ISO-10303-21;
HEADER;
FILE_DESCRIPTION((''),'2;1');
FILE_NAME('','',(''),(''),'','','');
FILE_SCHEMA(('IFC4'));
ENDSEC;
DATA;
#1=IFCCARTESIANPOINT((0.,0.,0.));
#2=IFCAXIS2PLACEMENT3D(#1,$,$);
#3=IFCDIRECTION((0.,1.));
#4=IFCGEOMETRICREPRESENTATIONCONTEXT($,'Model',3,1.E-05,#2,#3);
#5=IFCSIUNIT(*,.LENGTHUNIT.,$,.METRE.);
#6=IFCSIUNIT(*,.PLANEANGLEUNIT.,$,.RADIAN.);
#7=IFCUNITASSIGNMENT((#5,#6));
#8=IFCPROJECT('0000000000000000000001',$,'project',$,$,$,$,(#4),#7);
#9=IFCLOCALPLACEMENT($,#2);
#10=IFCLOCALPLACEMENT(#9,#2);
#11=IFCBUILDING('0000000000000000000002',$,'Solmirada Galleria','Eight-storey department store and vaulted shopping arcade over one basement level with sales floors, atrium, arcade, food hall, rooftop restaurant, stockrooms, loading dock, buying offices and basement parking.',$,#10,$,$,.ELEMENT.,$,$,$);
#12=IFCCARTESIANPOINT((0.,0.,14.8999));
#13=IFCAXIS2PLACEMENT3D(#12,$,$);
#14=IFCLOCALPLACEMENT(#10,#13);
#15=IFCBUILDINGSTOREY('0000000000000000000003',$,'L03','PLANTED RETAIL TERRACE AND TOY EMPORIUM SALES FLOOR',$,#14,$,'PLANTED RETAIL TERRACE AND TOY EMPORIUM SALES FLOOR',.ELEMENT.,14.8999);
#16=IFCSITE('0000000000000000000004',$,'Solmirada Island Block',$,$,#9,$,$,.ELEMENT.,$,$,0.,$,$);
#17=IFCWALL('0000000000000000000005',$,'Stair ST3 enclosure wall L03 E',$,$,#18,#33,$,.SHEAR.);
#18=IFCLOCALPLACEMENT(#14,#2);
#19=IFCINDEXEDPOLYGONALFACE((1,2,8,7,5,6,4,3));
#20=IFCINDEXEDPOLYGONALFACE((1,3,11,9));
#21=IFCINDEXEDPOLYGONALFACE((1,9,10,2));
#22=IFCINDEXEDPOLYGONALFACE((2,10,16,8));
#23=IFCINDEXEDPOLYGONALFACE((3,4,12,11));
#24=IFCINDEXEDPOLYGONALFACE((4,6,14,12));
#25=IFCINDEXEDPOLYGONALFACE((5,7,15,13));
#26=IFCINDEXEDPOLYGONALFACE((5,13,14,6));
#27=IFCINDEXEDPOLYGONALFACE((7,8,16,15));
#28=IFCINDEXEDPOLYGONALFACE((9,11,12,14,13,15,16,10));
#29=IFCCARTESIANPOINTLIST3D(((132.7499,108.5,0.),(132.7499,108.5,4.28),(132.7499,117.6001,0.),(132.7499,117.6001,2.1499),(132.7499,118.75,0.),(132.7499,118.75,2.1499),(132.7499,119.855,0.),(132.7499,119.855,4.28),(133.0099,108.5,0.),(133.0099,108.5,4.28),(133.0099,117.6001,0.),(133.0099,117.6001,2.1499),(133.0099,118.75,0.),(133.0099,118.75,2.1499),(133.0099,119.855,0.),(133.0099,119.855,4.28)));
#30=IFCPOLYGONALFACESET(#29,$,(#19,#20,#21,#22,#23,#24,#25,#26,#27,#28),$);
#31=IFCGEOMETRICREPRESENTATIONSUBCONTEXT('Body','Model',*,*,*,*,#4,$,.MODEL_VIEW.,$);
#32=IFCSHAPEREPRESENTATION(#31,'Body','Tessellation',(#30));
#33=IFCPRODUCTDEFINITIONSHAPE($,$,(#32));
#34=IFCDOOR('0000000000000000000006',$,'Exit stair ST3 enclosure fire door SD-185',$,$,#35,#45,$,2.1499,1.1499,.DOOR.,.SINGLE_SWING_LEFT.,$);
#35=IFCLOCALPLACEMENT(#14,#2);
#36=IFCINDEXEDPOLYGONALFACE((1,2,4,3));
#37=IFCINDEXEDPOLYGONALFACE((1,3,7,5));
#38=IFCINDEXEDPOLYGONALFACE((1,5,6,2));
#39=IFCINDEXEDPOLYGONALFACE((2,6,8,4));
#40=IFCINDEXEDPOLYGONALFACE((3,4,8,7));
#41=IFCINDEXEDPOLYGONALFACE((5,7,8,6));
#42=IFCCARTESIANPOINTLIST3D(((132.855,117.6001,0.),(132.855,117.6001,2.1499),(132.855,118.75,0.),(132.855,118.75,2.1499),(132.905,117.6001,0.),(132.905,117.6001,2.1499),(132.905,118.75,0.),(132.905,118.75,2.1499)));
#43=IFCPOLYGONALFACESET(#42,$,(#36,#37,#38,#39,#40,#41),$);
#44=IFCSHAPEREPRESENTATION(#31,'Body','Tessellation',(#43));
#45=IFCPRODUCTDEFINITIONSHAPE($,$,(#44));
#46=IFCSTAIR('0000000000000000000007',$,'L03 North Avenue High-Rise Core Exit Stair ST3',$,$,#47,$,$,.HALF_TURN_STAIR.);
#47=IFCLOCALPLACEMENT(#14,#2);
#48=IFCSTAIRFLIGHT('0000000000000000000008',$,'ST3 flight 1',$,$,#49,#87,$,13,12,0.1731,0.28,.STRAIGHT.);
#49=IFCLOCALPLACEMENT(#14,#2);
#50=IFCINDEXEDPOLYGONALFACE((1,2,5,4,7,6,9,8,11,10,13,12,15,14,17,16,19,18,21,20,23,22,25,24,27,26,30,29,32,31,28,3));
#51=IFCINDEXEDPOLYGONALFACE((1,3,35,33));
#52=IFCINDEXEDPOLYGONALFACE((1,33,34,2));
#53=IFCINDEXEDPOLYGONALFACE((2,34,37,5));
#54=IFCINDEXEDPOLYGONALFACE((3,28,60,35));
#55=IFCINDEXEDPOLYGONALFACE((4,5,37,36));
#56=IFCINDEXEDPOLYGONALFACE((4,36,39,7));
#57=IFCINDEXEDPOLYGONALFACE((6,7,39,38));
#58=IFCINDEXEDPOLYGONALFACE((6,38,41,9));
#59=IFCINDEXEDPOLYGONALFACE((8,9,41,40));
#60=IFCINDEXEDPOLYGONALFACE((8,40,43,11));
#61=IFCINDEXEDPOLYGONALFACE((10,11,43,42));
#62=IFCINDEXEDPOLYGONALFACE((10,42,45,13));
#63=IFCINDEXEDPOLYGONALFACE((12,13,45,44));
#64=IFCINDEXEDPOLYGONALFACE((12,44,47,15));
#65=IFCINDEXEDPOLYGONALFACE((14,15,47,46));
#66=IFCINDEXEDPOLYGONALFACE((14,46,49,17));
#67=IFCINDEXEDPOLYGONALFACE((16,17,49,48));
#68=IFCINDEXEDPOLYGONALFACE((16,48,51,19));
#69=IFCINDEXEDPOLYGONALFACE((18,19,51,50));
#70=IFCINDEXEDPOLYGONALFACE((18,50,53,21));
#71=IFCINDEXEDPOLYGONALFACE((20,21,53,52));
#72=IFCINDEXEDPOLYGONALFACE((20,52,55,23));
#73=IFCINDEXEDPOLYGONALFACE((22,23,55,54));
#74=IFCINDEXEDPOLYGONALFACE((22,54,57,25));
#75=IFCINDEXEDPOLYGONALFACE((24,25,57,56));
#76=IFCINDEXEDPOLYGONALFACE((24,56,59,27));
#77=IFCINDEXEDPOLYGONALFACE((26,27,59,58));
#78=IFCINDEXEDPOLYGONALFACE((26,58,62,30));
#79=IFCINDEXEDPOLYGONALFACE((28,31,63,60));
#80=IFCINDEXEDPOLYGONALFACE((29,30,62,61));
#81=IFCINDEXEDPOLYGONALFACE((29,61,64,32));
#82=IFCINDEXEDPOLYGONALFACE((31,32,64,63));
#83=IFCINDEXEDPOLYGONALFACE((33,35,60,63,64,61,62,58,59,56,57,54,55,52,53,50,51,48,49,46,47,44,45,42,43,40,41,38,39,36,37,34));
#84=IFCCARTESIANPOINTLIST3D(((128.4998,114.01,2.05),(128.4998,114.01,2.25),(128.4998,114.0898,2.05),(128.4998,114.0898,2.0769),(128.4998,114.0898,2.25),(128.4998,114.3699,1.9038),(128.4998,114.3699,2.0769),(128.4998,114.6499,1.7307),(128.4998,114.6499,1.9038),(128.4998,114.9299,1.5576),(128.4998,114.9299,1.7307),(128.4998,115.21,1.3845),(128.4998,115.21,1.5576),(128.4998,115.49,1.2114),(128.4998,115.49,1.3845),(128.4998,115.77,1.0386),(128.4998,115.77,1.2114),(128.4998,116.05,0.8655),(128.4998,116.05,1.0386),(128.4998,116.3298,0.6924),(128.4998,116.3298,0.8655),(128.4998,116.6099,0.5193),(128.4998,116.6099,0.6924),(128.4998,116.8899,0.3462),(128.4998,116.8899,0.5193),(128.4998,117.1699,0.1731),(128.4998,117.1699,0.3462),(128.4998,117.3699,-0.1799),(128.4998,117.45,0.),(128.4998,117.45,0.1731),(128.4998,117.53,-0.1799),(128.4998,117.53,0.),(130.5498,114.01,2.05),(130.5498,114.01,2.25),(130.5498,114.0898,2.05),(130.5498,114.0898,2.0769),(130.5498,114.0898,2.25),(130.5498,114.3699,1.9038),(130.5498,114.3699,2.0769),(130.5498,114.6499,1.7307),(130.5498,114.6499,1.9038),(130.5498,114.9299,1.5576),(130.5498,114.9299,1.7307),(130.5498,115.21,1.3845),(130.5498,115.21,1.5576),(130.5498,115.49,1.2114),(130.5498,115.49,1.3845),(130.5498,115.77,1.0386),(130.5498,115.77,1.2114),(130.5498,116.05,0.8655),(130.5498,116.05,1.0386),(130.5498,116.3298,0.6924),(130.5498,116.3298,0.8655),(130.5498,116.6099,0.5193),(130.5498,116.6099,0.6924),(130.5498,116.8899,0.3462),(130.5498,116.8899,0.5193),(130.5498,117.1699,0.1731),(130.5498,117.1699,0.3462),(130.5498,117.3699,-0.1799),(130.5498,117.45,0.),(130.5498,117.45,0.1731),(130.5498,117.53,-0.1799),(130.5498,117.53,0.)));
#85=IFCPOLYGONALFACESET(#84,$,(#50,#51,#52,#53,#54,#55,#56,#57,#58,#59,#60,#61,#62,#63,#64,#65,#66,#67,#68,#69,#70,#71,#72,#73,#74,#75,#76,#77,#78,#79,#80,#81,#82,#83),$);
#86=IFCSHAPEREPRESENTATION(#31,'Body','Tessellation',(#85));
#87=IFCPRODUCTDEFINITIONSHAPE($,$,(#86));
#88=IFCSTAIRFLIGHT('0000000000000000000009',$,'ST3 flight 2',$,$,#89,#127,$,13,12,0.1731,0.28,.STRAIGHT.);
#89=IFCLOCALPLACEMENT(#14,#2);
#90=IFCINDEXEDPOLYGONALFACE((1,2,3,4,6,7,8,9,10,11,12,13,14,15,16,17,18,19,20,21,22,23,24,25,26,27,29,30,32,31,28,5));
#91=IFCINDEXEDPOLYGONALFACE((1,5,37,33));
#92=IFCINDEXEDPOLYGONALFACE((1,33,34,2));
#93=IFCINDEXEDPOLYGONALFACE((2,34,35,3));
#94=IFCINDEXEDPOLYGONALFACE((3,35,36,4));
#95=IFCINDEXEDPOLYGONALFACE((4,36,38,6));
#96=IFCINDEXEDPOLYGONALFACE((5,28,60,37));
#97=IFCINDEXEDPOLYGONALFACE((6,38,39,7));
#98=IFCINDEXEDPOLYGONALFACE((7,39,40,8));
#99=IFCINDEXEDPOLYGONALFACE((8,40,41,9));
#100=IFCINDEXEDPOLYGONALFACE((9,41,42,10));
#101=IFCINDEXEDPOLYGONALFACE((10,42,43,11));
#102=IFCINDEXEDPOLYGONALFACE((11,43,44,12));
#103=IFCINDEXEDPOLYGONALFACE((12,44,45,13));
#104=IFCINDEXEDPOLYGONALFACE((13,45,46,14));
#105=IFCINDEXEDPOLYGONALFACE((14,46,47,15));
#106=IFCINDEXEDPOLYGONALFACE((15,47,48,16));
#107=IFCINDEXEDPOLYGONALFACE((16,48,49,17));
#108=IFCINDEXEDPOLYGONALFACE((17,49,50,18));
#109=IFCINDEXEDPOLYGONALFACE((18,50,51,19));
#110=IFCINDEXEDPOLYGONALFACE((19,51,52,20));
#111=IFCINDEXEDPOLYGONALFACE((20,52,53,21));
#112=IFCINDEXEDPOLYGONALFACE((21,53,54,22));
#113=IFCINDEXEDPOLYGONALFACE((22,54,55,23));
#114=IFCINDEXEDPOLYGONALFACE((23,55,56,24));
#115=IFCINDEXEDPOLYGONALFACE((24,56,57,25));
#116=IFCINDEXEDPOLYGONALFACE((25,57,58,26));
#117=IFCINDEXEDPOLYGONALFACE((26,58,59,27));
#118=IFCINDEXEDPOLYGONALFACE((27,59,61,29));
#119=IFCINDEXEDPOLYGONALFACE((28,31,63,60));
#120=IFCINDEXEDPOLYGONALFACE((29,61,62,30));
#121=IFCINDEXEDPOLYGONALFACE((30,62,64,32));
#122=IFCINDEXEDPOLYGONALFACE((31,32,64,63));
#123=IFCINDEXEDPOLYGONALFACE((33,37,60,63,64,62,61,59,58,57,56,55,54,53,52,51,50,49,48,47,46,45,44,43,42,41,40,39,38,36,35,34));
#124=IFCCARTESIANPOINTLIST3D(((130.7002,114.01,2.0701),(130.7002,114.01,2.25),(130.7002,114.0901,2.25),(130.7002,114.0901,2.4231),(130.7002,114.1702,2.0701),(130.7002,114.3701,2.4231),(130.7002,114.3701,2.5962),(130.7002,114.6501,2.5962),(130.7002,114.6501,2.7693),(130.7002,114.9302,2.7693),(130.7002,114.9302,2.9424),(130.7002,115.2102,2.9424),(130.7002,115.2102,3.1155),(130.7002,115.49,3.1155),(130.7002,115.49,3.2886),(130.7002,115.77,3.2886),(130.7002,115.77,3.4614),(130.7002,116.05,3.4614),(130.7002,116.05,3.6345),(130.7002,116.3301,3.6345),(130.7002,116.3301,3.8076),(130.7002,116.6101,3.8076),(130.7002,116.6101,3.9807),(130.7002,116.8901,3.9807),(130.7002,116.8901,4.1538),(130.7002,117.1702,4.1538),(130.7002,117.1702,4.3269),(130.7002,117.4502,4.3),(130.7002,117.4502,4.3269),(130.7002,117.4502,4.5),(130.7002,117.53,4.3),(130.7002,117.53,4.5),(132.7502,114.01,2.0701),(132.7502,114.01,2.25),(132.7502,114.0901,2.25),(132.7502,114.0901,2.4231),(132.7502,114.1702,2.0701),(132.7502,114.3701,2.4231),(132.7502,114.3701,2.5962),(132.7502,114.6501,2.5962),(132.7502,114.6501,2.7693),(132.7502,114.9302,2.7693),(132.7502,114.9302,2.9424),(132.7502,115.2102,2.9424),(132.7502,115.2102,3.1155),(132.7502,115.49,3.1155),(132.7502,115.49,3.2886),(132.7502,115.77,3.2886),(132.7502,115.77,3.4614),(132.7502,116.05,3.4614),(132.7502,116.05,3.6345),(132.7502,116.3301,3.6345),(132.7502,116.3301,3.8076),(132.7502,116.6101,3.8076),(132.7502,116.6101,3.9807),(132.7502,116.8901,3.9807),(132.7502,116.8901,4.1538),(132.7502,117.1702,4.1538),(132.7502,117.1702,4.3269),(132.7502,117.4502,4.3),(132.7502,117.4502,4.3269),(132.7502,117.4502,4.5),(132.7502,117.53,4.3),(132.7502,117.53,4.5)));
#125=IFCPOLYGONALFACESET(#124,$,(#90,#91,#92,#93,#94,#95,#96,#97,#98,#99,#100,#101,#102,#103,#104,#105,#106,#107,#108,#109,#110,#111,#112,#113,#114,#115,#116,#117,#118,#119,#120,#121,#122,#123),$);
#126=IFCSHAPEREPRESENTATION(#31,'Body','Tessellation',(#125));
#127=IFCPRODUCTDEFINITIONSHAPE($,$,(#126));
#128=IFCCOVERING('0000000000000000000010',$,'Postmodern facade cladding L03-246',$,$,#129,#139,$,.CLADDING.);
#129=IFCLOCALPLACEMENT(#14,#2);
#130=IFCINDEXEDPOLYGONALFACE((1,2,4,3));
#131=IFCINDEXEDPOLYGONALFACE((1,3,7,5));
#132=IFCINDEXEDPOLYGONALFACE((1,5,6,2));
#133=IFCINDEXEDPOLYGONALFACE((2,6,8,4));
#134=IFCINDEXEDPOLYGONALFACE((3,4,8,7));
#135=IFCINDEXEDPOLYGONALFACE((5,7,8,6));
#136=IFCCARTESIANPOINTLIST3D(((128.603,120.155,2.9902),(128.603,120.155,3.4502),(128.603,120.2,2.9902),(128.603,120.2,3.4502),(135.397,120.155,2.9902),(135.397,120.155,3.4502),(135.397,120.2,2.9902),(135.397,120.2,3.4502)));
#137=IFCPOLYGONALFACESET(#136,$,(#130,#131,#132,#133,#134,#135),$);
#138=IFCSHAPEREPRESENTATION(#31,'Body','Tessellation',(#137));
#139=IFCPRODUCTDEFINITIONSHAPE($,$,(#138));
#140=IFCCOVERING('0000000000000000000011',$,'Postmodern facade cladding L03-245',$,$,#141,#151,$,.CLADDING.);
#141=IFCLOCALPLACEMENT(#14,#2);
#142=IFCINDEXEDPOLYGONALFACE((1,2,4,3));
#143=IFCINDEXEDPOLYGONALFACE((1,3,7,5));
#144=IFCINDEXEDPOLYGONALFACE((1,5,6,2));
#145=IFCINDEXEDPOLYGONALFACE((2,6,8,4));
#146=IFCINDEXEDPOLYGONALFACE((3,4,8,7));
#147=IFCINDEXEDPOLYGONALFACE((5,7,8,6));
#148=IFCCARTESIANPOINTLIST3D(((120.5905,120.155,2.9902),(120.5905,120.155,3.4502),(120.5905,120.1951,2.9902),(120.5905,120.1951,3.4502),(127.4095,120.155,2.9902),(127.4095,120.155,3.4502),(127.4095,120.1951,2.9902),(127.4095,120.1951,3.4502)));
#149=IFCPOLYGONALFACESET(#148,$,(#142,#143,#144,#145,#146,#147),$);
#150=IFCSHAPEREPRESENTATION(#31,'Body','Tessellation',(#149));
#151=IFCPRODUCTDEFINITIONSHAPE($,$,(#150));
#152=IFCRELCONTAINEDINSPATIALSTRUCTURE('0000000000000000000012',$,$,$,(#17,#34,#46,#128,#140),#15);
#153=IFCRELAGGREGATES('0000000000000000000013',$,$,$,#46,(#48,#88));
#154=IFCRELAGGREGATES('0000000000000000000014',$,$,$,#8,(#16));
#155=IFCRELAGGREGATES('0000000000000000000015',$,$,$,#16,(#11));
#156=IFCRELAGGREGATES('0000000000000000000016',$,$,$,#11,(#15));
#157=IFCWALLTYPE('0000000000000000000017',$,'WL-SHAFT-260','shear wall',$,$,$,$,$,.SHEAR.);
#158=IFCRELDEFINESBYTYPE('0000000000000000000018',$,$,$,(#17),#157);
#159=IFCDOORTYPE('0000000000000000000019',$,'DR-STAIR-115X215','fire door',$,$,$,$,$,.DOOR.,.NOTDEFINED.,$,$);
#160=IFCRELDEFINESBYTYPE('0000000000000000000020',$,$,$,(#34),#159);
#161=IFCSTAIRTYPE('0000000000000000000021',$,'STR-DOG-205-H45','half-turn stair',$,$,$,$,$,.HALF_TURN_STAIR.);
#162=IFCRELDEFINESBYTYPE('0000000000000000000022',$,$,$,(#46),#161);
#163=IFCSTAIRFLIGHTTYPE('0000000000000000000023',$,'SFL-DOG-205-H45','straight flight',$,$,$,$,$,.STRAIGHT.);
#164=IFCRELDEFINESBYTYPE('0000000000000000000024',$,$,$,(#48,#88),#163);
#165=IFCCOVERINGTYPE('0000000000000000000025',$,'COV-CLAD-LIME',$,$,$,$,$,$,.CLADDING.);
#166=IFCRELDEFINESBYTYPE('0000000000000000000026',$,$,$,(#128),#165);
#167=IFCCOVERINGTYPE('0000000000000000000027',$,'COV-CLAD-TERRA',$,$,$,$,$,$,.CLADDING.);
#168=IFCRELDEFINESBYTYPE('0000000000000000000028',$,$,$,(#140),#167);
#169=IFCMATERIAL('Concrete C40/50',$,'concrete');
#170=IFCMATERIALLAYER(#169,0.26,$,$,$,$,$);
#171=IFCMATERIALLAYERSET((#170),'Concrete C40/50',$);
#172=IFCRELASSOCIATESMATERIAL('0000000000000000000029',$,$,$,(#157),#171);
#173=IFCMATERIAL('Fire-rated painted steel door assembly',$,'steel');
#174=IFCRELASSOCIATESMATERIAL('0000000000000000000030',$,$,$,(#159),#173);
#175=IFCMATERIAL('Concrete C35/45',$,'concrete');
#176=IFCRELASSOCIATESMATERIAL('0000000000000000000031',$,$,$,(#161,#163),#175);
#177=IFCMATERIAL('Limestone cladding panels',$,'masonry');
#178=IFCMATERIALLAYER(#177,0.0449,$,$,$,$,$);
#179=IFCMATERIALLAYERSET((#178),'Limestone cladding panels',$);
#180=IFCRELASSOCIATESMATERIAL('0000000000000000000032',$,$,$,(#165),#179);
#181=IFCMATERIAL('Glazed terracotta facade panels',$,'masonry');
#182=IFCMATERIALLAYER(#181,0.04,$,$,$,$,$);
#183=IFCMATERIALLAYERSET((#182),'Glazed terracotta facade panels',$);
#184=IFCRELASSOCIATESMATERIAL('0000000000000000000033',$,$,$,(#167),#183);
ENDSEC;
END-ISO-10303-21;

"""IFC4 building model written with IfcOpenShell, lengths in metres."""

from ifc_helpers import new_model, si_unit, direction, frame, frame_2d, origin, origin_2d, place, context, subcontext, project, spatial, polyline, rectangle, outline, extrude, material, layer, layer_set, type_object, element, fill, aggregate, save


model = new_model("IFC4")

# Units and contexts
model_context = context("Model", 3, precision=1e-05, world=origin(), true_north=direction((0.0, 1.0)))
body_context = subcontext(model_context, "Body", "Model", "MODEL_VIEW")
ifc_project = project(units=[si_unit("LENGTHUNIT", "METRE"), si_unit("PLANEANGLEUNIT", "RADIAN")], contexts=[model_context])

# Site, building, storey
site_placement = place(None, origin())
site = spatial("IfcSite", under=ifc_project, at=site_placement, Name="Solmirada Island Block", CompositionType="ELEMENT", RefElevation=0.0)
building_placement = place(site_placement, origin())
building = spatial("IfcBuilding", under=site, at=building_placement, Name="Solmirada Galleria", Description="Eight-storey department store and vaulted shopping arcade over one basement level with sales floors, atrium, arcade, food hall, rooftop restaurant, stockrooms, loading dock, buying offices and basement parking.", CompositionType="ELEMENT")
storey_placement = place(building_placement, frame((0.0, 0.0, 14.8999)))
storey = spatial("IfcBuildingStorey", under=building, at=storey_placement, Name="L03", Description="PLANTED RETAIL TERRACE AND TOY EMPORIUM SALES FLOOR", LongName="PLANTED RETAIL TERRACE AND TOY EMPORIUM SALES FLOOR", CompositionType="ELEMENT", Elevation=14.8999)

# Shared definitions
ifc_material_1 = material(Name="Concrete C40/50", Category="concrete")

# Wall, opening, door
ifc_layer_1 = layer(ifc_material_1, 0.26)
ifc_layer_set_1 = layer_set([ifc_layer_1], Name="Concrete C40/50")
wall_type_1 = type_object("IfcWallType", Name="WL-SHAFT-260", Description="shear wall", PredefinedType="SHEAR", material=ifc_layer_set_1)
wall_1_placement = place(storey_placement, frame((132.8799, 108.5, 0.0), z_axis=(0.0, 0.0, 1.0), x_axis=(0.0, 1.0, 0.0)))
wall_1 = element("IfcWall", 1, at=wall_1_placement, inside=storey, type_object=wall_type_1, Name="Stair ST3 enclosure wall L03 E", PredefinedType="SHEAR", context=body_context, shape_type="SweptSolid", body=[
    extrude(rectangle(XDim=11.355, YDim=0.26, at=frame_2d((5.6775, 0.0))), origin(), (0.0, 0.0, 1.0), 4.28),
])
opening_1_placement = place(wall_1_placement, frame((9.1001, 0.0, 0.0)))
opening_1 = element("IfcOpeningElement", 2, at=opening_1_placement, cuts=wall_1, PredefinedType="OPENING", context=body_context, shape_type="SweptSolid", body=[
    extrude(rectangle(XDim=1.1499, YDim=2.1499, at=frame_2d((0.575, 1.075))), frame((0.0, 0.1399, 0.0), z_axis=(0.0, -1.0, 0.0), x_axis=(1.0, 0.0, 0.0)), (0.0, 0.0, 1.0), 0.28),
])
ifc_material_2 = material(Name="Fire-rated painted steel door assembly", Category="steel")
door_type = type_object("IfcDoorType", Name="DR-STAIR-115X215", Description="fire door", OperationType="NOTDEFINED", PredefinedType="DOOR", material=ifc_material_2)
door_placement = place(opening_1_placement, origin())
door = element("IfcDoor", 3, at=door_placement, inside=storey, type_object=door_type, Name="Exit stair ST3 enclosure fire door SD-185", OperationType="SINGLE_SWING_LEFT", OverallHeight=2.1499, OverallWidth=1.1499, PredefinedType="DOOR", context=body_context, shape_type="SweptSolid", body=[
    extrude(rectangle(XDim=1.1499, YDim=2.1499, at=frame_2d((0.575, 1.075))), frame((0.0, 0.0249, 0.0), z_axis=(0.0, -1.0, 0.0), x_axis=(1.0, 0.0, 0.0)), (0.0, 0.0, 1.0), 0.05),
])
fill(opening_1, door)

# Stair, stair flights
ifc_material_3 = material(Name="Concrete C35/45", Category="concrete")
stair_type = type_object("IfcStairType", Name="STR-DOG-205-H45", Description="half-turn stair", PredefinedType="HALF_TURN_STAIR", material=ifc_material_3)
stair_placement = place(storey_placement, origin())
stair = element("IfcStair", 4, at=stair_placement, inside=storey, type_object=stair_type, Name="L03 North Avenue High-Rise Core Exit Stair ST3", PredefinedType="HALF_TURN_STAIR")
stair_flight_type = type_object("IfcStairFlightType", Name="SFL-DOG-205-H45", Description="straight flight", PredefinedType="STRAIGHT", material=ifc_material_3)
stair_flight_1_placement = place(storey_placement, frame((129.5249, 117.45, 0.0), z_axis=(0.0, 0.0, 1.0), x_axis=(0.0, -1.0, 0.0)))
stair_flight_1 = element("IfcStairFlight", 5, at=stair_flight_1_placement, type_object=stair_flight_type, Name="ST3 flight 1", NumberOfRisers=13, NumberOfTreads=12, PredefinedType="STRAIGHT", RiserHeight=0.1731, TreadLength=0.28, context=body_context, shape_type="SweptSolid", body=[
    extrude(outline(polyline([(-0.0801, 0.0), (0.0, 0.0), (0.0, 0.1731), (0.28, 0.1731), (0.28, 0.3462), (0.5601, 0.3462), (0.5601, 0.5193), (0.8401, 0.5193), (0.8401, 0.6924), (1.1201, 0.6924), (1.1201, 0.8655), (1.3999, 0.8655), (1.3999, 1.0386), (1.6799, 1.0386), (1.6799, 1.2114), (1.96, 1.2114), (1.96, 1.3845), (2.24, 1.3845), (2.24, 1.5576), (2.52, 1.5576), (2.52, 1.7307), (2.8, 1.7307), (2.8, 1.9038), (3.0801, 1.9038), (3.0801, 2.0769), (3.3601, 2.0769), (3.3601, 2.25), (3.4399, 2.25), (3.4399, 2.05), (3.3601, 2.05), (0.0801, -0.1799), (-0.0801, -0.1799), (-0.0801, 0.0)])), frame((0.0, 1.0249, 0.0), z_axis=(0.0, -1.0, 0.0), x_axis=(1.0, 0.0, 0.0)), (0.0, 0.0, 1.0), 2.05),
])
stair_flight_2_placement = place(storey_placement, frame((131.7251, 114.0901, 2.25), z_axis=(0.0, 0.0, 1.0), x_axis=(0.0, 1.0, 0.0)))
stair_flight_2 = element("IfcStairFlight", 6, at=stair_flight_2_placement, type_object=stair_flight_type, Name="ST3 flight 2", NumberOfRisers=13, NumberOfTreads=12, PredefinedType="STRAIGHT", RiserHeight=0.1731, TreadLength=0.28, context=body_context, shape_type="SweptSolid", body=[
    extrude(outline(polyline([(-0.0801, 0.0), (0.0, 0.0), (0.0, 0.1731), (0.28, 0.1731), (0.28, 0.3462), (0.5601, 0.3462), (0.5601, 0.5193), (0.8401, 0.5193), (0.8401, 0.6924), (1.1201, 0.6924), (1.1201, 0.8655), (1.3999, 0.8655), (1.3999, 1.0386), (1.6799, 1.0386), (1.6799, 1.2114), (1.96, 1.2114), (1.96, 1.3845), (2.24, 1.3845), (2.24, 1.5576), (2.52, 1.5576), (2.52, 1.7307), (2.8, 1.7307), (2.8, 1.9038), (3.0801, 1.9038), (3.0801, 2.0769), (3.3601, 2.0769), (3.3601, 2.25), (3.4399, 2.25), (3.4399, 2.05), (3.3601, 2.05), (0.0801, -0.1799), (-0.0801, -0.1799), (-0.0801, 0.0)])), frame((0.0, 1.0249, 0.0), z_axis=(0.0, -1.0, 0.0), x_axis=(1.0, 0.0, 0.0)), (0.0, 0.0, 1.0), 2.05),
])
aggregate(stair, [stair_flight_1, stair_flight_2])

# Coverings
ifc_material_4 = material(Name="Limestone cladding panels", Category="masonry")
ifc_layer_2 = layer(ifc_material_4, 0.0449)
ifc_layer_set_2 = layer_set([ifc_layer_2], Name="Limestone cladding panels")
covering_type_1 = type_object("IfcCoveringType", Name="COV-CLAD-LIME", PredefinedType="CLADDING", material=ifc_layer_set_2)
covering_1_placement = place(storey_placement, frame((132.0, 120.1775, 2.9902), z_axis=(0.0, 0.0, 1.0), x_axis=(1.0, 0.0, 0.0)))
element("IfcCovering", 7, at=covering_1_placement, inside=storey, type_object=covering_type_1, Name="Postmodern facade cladding L03-246", PredefinedType="CLADDING", context=body_context, shape_type="SweptSolid", body=[
    extrude(rectangle(XDim=6.7939, YDim=0.0449, at=origin_2d()), origin(), (0.0, 0.0, 1.0), 0.46),
])
ifc_material_5 = material(Name="Glazed terracotta facade panels", Category="masonry")
ifc_layer_3 = layer(ifc_material_5, 0.04)
ifc_layer_set_3 = layer_set([ifc_layer_3], Name="Glazed terracotta facade panels")
covering_type_2 = type_object("IfcCoveringType", Name="COV-CLAD-TERRA", PredefinedType="CLADDING", material=ifc_layer_set_3)
covering_2_placement = place(storey_placement, frame((124.0, 120.175, 2.9902), z_axis=(0.0, 0.0, 1.0), x_axis=(1.0, 0.0, 0.0)))
element("IfcCovering", 8, at=covering_2_placement, inside=storey, type_object=covering_type_2, Name="Postmodern facade cladding L03-245", PredefinedType="CLADDING", context=body_context, shape_type="SweptSolid", body=[
    extrude(rectangle(XDim=6.8191, YDim=0.04, at=origin_2d()), origin(), (0.0, 0.0, 1.0), 0.46),
])

save(model, "model.ifc")
